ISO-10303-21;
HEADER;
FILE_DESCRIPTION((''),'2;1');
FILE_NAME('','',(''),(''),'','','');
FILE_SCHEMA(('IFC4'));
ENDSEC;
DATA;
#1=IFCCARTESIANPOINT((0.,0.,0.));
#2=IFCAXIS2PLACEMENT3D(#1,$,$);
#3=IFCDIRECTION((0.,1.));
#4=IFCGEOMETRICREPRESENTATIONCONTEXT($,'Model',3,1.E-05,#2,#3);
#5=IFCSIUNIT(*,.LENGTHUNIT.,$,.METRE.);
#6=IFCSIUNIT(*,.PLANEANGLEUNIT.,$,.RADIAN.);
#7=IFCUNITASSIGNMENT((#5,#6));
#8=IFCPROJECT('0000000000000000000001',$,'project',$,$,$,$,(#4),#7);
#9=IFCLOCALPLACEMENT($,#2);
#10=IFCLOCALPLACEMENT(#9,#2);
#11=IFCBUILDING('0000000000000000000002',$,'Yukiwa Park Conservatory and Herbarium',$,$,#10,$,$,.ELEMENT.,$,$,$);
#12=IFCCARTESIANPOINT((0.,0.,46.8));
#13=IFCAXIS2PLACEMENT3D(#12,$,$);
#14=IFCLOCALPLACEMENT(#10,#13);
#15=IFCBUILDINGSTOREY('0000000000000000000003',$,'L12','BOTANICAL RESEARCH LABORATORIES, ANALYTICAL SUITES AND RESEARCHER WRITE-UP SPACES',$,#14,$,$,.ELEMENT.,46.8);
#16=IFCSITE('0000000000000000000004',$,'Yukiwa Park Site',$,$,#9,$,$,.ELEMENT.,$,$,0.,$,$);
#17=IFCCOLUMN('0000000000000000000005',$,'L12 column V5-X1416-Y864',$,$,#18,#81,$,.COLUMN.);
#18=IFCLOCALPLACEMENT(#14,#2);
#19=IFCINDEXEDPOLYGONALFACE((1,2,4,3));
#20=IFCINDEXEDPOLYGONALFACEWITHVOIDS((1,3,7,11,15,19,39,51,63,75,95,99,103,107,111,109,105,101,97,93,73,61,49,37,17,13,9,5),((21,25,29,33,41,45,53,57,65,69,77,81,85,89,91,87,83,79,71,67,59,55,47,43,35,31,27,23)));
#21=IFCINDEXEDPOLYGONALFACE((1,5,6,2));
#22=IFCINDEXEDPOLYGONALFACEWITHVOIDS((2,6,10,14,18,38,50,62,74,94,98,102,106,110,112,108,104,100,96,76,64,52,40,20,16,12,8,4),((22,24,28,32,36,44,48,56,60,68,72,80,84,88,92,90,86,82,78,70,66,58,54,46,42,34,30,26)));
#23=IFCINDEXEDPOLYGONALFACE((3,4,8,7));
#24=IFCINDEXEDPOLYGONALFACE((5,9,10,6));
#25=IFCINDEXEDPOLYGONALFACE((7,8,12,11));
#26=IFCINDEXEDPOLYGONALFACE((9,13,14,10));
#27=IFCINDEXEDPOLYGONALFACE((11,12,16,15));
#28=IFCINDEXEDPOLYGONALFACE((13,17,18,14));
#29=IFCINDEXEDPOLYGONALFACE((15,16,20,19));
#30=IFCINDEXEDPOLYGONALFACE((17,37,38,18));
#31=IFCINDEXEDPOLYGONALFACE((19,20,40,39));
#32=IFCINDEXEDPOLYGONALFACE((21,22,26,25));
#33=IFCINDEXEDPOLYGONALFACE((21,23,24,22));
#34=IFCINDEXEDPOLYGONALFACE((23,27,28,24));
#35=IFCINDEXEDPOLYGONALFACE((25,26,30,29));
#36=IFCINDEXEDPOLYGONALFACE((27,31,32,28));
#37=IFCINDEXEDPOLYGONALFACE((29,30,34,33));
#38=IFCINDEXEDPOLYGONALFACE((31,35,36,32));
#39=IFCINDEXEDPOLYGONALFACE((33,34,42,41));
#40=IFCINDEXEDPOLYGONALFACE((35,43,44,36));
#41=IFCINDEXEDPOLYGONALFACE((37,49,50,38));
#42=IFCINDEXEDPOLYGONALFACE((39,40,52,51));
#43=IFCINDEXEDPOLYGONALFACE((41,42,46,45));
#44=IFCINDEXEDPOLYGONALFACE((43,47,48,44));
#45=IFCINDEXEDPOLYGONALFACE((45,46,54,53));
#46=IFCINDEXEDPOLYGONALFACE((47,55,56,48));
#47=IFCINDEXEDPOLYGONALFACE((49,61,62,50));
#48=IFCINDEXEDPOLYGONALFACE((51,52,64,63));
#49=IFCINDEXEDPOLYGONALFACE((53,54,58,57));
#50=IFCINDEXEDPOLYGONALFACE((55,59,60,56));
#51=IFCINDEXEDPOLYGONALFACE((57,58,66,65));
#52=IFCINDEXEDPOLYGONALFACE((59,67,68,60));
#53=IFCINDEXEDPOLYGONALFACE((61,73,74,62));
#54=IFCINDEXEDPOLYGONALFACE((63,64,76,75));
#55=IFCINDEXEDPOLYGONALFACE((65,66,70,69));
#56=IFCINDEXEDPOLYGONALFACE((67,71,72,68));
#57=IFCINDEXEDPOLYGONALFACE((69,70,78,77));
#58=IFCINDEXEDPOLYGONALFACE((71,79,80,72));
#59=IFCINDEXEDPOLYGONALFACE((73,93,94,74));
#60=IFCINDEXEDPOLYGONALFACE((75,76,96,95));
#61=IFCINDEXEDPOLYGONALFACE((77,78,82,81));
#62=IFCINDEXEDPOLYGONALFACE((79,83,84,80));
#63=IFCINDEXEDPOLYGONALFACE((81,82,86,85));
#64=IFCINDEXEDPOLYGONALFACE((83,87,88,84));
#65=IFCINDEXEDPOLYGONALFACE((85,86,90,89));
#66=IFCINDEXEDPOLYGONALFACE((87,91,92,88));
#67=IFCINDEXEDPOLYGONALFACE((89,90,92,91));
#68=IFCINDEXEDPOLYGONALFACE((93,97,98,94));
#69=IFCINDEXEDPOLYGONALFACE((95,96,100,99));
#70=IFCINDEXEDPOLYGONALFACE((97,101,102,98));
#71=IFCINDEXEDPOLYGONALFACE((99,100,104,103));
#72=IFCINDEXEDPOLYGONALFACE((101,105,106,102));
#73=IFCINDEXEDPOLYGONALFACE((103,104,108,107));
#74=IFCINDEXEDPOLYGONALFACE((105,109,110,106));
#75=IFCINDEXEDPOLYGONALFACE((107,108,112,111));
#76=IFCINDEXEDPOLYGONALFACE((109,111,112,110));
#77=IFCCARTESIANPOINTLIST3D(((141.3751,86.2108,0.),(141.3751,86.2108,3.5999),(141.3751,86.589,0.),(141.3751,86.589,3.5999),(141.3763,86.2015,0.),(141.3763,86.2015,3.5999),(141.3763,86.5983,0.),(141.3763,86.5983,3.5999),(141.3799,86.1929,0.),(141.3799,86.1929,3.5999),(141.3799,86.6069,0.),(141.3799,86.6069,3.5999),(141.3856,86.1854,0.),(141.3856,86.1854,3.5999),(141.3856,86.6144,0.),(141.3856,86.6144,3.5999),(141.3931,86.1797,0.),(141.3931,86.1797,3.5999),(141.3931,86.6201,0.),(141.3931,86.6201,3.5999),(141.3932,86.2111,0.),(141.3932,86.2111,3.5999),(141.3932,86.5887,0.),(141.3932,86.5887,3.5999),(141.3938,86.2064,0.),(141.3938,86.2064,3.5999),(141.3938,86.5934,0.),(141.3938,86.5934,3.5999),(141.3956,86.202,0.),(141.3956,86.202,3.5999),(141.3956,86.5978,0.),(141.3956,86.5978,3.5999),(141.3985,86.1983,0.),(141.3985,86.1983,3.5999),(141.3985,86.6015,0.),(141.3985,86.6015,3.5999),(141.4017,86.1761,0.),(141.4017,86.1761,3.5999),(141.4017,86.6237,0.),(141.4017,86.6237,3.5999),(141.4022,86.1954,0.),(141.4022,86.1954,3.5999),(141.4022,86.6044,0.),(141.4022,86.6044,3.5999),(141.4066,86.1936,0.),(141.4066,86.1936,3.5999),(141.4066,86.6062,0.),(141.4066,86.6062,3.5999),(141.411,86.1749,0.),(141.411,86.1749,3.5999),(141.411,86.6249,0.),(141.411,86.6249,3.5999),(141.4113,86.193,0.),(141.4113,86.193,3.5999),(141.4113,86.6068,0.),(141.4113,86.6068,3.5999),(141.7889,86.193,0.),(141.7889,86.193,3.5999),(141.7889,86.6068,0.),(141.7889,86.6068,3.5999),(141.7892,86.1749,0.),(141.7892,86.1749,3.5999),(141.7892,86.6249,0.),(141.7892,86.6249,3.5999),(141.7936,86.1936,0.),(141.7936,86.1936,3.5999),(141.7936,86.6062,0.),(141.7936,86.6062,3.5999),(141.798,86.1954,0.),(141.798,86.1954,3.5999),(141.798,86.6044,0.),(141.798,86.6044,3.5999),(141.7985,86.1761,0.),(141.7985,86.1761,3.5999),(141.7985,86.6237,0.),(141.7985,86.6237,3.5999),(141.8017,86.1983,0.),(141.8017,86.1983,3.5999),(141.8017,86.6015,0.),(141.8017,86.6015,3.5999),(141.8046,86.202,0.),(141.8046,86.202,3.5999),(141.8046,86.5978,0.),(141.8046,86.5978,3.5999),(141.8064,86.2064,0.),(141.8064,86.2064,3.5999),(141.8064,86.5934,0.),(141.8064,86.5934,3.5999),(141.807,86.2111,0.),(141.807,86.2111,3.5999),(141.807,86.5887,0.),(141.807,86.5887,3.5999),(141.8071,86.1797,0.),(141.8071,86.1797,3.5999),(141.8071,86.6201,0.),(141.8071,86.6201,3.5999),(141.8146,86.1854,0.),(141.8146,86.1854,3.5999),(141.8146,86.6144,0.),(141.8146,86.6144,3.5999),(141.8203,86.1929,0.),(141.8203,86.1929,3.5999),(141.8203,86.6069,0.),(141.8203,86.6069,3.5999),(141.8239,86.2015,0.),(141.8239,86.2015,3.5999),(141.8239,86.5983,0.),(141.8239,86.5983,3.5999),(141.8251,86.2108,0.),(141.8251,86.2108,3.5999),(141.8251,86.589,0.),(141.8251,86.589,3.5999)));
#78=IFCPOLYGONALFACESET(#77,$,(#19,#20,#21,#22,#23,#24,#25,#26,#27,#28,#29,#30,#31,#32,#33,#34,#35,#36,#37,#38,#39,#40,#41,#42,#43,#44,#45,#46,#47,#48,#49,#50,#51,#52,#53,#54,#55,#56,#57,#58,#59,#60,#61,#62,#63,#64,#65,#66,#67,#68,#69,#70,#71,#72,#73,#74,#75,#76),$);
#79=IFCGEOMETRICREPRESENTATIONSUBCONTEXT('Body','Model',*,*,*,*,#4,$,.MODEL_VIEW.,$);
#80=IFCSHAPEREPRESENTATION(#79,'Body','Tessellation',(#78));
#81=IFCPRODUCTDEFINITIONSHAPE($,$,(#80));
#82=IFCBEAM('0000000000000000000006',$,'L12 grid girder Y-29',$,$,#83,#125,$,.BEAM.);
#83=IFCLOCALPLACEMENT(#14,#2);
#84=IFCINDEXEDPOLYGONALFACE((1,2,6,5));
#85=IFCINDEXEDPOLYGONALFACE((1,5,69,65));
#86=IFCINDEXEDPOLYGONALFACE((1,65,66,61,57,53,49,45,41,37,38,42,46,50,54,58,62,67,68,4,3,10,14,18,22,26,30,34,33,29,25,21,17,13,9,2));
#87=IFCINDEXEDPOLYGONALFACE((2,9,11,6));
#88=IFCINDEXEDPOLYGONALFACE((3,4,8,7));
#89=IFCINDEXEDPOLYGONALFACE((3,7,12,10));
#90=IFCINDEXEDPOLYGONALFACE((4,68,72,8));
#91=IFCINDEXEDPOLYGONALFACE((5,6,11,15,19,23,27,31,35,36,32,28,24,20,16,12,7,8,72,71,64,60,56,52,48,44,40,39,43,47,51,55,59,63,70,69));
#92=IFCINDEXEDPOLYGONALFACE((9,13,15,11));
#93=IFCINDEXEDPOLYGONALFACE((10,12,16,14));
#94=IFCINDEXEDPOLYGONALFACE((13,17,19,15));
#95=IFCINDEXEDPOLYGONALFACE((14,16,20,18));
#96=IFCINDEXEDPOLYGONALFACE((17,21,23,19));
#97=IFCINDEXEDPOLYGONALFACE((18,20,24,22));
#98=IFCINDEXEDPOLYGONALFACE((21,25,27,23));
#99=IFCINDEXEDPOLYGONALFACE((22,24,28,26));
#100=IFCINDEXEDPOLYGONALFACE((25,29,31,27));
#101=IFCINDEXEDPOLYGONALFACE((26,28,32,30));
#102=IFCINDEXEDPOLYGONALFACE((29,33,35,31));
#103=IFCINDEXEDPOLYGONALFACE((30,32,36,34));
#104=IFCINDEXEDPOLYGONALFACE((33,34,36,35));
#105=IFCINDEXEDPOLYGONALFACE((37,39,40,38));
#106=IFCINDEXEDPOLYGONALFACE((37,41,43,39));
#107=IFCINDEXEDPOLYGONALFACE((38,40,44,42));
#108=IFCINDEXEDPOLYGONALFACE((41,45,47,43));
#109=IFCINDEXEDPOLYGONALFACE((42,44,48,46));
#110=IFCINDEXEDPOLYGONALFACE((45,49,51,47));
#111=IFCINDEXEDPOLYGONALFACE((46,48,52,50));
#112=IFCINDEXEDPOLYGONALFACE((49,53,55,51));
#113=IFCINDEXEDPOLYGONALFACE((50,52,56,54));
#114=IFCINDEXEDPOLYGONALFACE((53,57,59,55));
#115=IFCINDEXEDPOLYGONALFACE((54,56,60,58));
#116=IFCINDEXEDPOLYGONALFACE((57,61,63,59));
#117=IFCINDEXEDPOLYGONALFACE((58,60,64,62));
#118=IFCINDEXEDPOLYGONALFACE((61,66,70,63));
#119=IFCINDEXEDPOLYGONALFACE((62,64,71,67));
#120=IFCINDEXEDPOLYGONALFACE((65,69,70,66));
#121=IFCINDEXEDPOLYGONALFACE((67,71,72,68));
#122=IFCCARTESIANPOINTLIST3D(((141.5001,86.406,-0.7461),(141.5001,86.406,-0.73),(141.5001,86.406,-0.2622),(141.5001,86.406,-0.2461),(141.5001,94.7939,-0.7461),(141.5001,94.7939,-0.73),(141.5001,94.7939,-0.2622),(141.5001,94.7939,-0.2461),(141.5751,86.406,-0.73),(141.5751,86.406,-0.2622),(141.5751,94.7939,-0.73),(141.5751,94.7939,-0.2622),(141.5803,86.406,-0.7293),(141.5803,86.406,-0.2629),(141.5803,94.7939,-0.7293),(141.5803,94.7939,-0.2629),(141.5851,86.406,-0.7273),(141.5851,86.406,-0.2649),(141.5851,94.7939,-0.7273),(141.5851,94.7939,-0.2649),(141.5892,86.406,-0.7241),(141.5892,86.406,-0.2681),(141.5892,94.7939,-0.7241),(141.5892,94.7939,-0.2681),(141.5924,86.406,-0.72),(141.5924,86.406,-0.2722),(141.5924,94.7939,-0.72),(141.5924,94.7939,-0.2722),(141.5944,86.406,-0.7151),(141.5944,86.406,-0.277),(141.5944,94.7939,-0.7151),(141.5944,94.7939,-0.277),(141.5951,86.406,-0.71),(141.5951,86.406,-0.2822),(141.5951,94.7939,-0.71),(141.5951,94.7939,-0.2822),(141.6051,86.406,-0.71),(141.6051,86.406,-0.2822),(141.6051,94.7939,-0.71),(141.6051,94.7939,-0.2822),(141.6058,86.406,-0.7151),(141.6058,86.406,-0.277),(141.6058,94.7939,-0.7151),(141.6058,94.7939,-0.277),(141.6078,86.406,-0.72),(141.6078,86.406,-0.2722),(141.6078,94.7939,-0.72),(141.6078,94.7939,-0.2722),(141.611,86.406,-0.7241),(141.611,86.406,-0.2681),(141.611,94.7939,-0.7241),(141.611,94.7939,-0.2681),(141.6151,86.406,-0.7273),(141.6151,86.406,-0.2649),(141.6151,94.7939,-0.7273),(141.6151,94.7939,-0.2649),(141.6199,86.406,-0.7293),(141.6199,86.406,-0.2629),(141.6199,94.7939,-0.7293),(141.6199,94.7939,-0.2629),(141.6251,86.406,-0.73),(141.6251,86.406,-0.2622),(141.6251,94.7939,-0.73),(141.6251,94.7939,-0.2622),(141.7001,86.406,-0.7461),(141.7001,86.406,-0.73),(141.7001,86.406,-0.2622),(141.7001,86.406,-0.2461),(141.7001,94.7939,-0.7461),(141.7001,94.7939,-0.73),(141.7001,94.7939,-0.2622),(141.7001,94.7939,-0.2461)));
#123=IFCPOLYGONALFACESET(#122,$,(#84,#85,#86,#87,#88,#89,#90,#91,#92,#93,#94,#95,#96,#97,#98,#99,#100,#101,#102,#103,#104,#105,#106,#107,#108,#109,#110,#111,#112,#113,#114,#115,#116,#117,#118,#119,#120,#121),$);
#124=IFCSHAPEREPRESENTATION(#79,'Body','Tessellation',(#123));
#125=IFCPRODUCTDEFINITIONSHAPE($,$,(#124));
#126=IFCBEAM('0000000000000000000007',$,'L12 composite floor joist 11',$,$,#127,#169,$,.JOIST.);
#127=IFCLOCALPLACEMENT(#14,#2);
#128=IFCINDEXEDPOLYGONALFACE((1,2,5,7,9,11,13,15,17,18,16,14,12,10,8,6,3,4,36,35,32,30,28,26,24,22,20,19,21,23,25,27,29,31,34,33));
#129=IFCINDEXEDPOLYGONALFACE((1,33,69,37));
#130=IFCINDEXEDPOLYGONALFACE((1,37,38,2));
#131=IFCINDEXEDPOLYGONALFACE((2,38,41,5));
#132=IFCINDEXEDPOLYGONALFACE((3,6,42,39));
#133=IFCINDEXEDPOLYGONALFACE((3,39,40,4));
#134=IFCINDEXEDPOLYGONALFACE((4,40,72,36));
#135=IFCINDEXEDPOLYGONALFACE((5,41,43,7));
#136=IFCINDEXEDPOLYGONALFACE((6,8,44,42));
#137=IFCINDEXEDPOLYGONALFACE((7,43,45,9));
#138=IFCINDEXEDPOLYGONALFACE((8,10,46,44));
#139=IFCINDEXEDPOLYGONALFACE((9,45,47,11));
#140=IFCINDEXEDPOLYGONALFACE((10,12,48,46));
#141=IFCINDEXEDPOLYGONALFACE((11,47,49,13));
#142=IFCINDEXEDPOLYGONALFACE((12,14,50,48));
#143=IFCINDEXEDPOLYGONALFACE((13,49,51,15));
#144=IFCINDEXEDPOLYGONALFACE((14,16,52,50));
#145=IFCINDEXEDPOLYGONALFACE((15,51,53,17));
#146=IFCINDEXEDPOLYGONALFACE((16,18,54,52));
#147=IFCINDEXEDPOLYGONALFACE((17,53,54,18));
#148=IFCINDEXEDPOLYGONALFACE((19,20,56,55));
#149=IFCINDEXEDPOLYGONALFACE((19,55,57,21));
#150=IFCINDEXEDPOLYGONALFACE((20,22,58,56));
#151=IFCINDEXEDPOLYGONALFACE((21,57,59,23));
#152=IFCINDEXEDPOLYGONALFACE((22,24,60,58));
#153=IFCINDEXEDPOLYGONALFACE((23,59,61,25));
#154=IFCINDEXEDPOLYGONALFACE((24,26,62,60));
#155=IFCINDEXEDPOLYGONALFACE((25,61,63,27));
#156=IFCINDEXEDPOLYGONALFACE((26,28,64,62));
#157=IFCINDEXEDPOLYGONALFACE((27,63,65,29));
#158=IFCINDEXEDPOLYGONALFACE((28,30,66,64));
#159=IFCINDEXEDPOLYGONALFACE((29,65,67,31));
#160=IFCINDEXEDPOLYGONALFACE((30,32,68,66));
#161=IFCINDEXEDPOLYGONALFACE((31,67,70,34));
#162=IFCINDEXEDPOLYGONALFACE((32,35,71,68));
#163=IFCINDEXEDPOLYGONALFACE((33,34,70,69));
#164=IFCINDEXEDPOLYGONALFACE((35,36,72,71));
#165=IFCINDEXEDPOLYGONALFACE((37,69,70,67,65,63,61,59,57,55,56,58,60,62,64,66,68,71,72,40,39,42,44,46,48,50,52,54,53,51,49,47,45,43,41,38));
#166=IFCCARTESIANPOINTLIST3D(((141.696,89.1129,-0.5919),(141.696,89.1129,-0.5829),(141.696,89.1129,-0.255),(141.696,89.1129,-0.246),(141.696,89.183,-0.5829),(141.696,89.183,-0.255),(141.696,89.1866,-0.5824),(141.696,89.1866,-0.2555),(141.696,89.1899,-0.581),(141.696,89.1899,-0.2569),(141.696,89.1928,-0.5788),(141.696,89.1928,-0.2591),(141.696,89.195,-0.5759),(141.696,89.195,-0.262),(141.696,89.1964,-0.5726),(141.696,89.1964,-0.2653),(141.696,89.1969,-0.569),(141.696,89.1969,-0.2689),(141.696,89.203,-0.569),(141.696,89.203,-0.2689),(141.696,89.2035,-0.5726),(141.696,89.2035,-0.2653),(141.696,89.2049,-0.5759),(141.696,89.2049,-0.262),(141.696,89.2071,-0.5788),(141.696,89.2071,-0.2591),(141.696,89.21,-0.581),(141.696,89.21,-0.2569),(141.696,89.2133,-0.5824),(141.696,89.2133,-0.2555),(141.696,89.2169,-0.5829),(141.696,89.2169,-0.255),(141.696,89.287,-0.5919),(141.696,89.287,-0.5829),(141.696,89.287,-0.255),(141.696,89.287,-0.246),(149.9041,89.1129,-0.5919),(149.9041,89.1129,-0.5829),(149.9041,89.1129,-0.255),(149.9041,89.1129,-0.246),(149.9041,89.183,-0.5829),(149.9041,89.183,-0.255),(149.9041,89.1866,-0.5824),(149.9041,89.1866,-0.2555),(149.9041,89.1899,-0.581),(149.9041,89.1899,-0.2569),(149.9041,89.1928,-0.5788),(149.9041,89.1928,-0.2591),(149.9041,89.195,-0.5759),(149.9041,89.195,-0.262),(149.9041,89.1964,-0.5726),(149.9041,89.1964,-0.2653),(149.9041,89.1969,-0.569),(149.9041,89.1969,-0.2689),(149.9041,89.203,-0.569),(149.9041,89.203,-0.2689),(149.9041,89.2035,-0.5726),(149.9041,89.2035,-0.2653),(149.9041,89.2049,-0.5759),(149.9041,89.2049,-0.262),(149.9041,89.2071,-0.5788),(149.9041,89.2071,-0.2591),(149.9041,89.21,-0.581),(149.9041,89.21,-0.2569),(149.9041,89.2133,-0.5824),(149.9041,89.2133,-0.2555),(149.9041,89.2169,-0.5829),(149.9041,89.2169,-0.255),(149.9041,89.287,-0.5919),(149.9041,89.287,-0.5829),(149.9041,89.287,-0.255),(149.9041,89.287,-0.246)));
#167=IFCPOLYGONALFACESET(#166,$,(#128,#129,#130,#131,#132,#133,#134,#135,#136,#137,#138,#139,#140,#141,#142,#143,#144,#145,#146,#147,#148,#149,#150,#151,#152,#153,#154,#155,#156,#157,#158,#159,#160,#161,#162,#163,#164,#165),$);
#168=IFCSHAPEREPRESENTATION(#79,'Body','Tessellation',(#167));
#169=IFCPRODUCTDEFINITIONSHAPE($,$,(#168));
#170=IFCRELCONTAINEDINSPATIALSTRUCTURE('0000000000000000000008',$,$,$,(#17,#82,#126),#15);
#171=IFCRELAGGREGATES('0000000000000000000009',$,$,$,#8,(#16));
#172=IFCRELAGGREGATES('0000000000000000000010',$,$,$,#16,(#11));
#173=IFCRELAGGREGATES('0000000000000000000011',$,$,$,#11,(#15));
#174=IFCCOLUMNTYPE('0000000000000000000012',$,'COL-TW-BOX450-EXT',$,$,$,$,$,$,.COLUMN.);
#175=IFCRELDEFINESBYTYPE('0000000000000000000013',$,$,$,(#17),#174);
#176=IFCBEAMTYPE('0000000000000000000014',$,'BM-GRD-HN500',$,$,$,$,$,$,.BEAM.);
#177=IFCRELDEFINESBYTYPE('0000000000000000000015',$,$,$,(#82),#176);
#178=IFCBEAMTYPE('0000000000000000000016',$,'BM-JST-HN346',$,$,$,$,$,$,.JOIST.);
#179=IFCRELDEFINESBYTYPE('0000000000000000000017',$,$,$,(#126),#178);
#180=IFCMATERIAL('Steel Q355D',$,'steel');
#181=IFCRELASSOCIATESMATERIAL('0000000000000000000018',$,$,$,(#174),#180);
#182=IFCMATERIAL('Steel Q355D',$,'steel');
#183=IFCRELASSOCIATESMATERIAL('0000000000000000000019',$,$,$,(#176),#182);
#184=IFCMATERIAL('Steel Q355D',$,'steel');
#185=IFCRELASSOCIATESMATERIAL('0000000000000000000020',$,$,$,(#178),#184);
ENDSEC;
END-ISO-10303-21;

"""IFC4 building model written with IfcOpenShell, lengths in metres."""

from ifc_helpers import new_model, si_unit, direction, frame, origin, origin_2d, place, context, subcontext, project, spatial, hollow_rectangle, i_section, extrude, material, material_profile, profile_set, type_object, element, save


model = new_model("IFC4")

# Units and contexts
model_context = context("Model", 3, precision=1e-05, world=origin(), true_north=direction((0.0, 1.0)))
body_context = subcontext(model_context, "Body", "Model", "MODEL_VIEW")
ifc_project = project(units=[si_unit("LENGTHUNIT", "METRE"), si_unit("PLANEANGLEUNIT", "RADIAN")], contexts=[model_context])

# Site, building, storey
site_placement = place(None, origin())
site = spatial("IfcSite", under=ifc_project, at=site_placement, Name="Yukiwa Park Site", CompositionType="ELEMENT", RefElevation=0.0)
building_placement = place(site_placement, origin())
building = spatial("IfcBuilding", under=site, at=building_placement, Name="Yukiwa Park Conservatory and Herbarium", CompositionType="ELEMENT")
storey_placement = place(building_placement, frame((0.0, 0.0, 46.8)))
storey = spatial("IfcBuildingStorey", under=building, at=storey_placement, Name="L12", Description="BOTANICAL RESEARCH LABORATORIES, ANALYTICAL SUITES AND RESEARCHER WRITE-UP SPACES", CompositionType="ELEMENT", Elevation=46.8)

# Column
ifc_material_1 = material(Name="Steel Q355D", Category="steel")
ifc_material_profile_1 = material_profile(ifc_material_1, hollow_rectangle(XDim=0.45, YDim=0.45, WallThickness=0.0181, InnerFilletRadius=0.0181, OuterFilletRadius=0.0359, at=origin_2d()), Name="BOX 450x450x18")
ifc_profile_set_1 = profile_set([ifc_material_profile_1], Name="Steel Q355D")
column_type = type_object("IfcColumnType", Name="COL-TW-BOX450-EXT", PredefinedType="COLUMN", material=ifc_profile_set_1)
column_placement = place(storey_placement, frame((141.6001, 86.3999, 0.0), z_axis=(0.0, 0.0, 1.0), x_axis=(1.0, 0.0, 0.0)))
element("IfcColumn", 1, at=column_placement, inside=storey, type_object=column_type, Name="L12 column V5-X1416-Y864", PredefinedType="COLUMN", context=body_context, shape_type="SweptSolid", body=[
    extrude(hollow_rectangle(XDim=0.45, YDim=0.45, WallThickness=0.0181, InnerFilletRadius=0.0181, OuterFilletRadius=0.0359, at=origin_2d()), origin(), (0.0, 0.0, 1.0), 3.5999),
])

# Beams
ifc_material_2 = material(Name="Steel Q355D", Category="steel")
ifc_material_profile_2 = material_profile(ifc_material_2, i_section(OverallWidth=0.2, OverallDepth=0.5, WebThickness=0.01, FlangeThickness=0.0161, FilletRadius=0.02, at=origin_2d()), Name="HN 500x200x10x16")
ifc_profile_set_2 = profile_set([ifc_material_profile_2], Name="Steel Q355D")
beam_type_1 = type_object("IfcBeamType", Name="BM-GRD-HN500", PredefinedType="BEAM", material=ifc_profile_set_2)
beam_1_placement = place(storey_placement, frame((141.6001, 86.406, -0.4961), z_axis=(0.0, 1.0, 0.0), x_axis=(-1.0, 0.0, 0.0)))
element("IfcBeam", 2, at=beam_1_placement, inside=storey, type_object=beam_type_1, Name="L12 grid girder Y-29", PredefinedType="BEAM", context=body_context, shape_type="SweptSolid", body=[
    extrude(i_section(OverallWidth=0.2, OverallDepth=0.5, WebThickness=0.01, FlangeThickness=0.0161, FilletRadius=0.02, at=origin_2d()), origin(), (0.0, 0.0, 1.0), 8.3879),
])
ifc_material_3 = material(Name="Steel Q355D", Category="steel")
ifc_material_profile_3 = material_profile(ifc_material_3, i_section(OverallWidth=0.1741, OverallDepth=0.3459, WebThickness=0.0061, FlangeThickness=0.009, FilletRadius=0.0139, at=origin_2d()), Name="HN 346x174x6x9")
ifc_profile_set_3 = profile_set([ifc_material_profile_3], Name="Steel Q355D")
beam_type_2 = type_object("IfcBeamType", Name="BM-JST-HN346", PredefinedType="JOIST", material=ifc_profile_set_3)
for number, where, z_axis, x_axis, name in (
    (3, (141.696, 89.2, -0.4189), (1.0, 0.0, 0.0), (0.0, 1.0, 0.0), "L12 composite floor joist 11"),
):
    element("IfcBeam", number, at=place(storey_placement, frame(where, z_axis=z_axis, x_axis=x_axis)), inside=storey, type_object=beam_type_2, Name=name, PredefinedType="JOIST", context=body_context, shape_type="SweptSolid", body=[
        extrude(i_section(OverallWidth=0.1741, OverallDepth=0.3459, WebThickness=0.0061, FlangeThickness=0.009, FilletRadius=0.0139, at=origin_2d()), origin(), (0.0, 0.0, 1.0), 8.208),
    ])

save(model, "model.ifc")
